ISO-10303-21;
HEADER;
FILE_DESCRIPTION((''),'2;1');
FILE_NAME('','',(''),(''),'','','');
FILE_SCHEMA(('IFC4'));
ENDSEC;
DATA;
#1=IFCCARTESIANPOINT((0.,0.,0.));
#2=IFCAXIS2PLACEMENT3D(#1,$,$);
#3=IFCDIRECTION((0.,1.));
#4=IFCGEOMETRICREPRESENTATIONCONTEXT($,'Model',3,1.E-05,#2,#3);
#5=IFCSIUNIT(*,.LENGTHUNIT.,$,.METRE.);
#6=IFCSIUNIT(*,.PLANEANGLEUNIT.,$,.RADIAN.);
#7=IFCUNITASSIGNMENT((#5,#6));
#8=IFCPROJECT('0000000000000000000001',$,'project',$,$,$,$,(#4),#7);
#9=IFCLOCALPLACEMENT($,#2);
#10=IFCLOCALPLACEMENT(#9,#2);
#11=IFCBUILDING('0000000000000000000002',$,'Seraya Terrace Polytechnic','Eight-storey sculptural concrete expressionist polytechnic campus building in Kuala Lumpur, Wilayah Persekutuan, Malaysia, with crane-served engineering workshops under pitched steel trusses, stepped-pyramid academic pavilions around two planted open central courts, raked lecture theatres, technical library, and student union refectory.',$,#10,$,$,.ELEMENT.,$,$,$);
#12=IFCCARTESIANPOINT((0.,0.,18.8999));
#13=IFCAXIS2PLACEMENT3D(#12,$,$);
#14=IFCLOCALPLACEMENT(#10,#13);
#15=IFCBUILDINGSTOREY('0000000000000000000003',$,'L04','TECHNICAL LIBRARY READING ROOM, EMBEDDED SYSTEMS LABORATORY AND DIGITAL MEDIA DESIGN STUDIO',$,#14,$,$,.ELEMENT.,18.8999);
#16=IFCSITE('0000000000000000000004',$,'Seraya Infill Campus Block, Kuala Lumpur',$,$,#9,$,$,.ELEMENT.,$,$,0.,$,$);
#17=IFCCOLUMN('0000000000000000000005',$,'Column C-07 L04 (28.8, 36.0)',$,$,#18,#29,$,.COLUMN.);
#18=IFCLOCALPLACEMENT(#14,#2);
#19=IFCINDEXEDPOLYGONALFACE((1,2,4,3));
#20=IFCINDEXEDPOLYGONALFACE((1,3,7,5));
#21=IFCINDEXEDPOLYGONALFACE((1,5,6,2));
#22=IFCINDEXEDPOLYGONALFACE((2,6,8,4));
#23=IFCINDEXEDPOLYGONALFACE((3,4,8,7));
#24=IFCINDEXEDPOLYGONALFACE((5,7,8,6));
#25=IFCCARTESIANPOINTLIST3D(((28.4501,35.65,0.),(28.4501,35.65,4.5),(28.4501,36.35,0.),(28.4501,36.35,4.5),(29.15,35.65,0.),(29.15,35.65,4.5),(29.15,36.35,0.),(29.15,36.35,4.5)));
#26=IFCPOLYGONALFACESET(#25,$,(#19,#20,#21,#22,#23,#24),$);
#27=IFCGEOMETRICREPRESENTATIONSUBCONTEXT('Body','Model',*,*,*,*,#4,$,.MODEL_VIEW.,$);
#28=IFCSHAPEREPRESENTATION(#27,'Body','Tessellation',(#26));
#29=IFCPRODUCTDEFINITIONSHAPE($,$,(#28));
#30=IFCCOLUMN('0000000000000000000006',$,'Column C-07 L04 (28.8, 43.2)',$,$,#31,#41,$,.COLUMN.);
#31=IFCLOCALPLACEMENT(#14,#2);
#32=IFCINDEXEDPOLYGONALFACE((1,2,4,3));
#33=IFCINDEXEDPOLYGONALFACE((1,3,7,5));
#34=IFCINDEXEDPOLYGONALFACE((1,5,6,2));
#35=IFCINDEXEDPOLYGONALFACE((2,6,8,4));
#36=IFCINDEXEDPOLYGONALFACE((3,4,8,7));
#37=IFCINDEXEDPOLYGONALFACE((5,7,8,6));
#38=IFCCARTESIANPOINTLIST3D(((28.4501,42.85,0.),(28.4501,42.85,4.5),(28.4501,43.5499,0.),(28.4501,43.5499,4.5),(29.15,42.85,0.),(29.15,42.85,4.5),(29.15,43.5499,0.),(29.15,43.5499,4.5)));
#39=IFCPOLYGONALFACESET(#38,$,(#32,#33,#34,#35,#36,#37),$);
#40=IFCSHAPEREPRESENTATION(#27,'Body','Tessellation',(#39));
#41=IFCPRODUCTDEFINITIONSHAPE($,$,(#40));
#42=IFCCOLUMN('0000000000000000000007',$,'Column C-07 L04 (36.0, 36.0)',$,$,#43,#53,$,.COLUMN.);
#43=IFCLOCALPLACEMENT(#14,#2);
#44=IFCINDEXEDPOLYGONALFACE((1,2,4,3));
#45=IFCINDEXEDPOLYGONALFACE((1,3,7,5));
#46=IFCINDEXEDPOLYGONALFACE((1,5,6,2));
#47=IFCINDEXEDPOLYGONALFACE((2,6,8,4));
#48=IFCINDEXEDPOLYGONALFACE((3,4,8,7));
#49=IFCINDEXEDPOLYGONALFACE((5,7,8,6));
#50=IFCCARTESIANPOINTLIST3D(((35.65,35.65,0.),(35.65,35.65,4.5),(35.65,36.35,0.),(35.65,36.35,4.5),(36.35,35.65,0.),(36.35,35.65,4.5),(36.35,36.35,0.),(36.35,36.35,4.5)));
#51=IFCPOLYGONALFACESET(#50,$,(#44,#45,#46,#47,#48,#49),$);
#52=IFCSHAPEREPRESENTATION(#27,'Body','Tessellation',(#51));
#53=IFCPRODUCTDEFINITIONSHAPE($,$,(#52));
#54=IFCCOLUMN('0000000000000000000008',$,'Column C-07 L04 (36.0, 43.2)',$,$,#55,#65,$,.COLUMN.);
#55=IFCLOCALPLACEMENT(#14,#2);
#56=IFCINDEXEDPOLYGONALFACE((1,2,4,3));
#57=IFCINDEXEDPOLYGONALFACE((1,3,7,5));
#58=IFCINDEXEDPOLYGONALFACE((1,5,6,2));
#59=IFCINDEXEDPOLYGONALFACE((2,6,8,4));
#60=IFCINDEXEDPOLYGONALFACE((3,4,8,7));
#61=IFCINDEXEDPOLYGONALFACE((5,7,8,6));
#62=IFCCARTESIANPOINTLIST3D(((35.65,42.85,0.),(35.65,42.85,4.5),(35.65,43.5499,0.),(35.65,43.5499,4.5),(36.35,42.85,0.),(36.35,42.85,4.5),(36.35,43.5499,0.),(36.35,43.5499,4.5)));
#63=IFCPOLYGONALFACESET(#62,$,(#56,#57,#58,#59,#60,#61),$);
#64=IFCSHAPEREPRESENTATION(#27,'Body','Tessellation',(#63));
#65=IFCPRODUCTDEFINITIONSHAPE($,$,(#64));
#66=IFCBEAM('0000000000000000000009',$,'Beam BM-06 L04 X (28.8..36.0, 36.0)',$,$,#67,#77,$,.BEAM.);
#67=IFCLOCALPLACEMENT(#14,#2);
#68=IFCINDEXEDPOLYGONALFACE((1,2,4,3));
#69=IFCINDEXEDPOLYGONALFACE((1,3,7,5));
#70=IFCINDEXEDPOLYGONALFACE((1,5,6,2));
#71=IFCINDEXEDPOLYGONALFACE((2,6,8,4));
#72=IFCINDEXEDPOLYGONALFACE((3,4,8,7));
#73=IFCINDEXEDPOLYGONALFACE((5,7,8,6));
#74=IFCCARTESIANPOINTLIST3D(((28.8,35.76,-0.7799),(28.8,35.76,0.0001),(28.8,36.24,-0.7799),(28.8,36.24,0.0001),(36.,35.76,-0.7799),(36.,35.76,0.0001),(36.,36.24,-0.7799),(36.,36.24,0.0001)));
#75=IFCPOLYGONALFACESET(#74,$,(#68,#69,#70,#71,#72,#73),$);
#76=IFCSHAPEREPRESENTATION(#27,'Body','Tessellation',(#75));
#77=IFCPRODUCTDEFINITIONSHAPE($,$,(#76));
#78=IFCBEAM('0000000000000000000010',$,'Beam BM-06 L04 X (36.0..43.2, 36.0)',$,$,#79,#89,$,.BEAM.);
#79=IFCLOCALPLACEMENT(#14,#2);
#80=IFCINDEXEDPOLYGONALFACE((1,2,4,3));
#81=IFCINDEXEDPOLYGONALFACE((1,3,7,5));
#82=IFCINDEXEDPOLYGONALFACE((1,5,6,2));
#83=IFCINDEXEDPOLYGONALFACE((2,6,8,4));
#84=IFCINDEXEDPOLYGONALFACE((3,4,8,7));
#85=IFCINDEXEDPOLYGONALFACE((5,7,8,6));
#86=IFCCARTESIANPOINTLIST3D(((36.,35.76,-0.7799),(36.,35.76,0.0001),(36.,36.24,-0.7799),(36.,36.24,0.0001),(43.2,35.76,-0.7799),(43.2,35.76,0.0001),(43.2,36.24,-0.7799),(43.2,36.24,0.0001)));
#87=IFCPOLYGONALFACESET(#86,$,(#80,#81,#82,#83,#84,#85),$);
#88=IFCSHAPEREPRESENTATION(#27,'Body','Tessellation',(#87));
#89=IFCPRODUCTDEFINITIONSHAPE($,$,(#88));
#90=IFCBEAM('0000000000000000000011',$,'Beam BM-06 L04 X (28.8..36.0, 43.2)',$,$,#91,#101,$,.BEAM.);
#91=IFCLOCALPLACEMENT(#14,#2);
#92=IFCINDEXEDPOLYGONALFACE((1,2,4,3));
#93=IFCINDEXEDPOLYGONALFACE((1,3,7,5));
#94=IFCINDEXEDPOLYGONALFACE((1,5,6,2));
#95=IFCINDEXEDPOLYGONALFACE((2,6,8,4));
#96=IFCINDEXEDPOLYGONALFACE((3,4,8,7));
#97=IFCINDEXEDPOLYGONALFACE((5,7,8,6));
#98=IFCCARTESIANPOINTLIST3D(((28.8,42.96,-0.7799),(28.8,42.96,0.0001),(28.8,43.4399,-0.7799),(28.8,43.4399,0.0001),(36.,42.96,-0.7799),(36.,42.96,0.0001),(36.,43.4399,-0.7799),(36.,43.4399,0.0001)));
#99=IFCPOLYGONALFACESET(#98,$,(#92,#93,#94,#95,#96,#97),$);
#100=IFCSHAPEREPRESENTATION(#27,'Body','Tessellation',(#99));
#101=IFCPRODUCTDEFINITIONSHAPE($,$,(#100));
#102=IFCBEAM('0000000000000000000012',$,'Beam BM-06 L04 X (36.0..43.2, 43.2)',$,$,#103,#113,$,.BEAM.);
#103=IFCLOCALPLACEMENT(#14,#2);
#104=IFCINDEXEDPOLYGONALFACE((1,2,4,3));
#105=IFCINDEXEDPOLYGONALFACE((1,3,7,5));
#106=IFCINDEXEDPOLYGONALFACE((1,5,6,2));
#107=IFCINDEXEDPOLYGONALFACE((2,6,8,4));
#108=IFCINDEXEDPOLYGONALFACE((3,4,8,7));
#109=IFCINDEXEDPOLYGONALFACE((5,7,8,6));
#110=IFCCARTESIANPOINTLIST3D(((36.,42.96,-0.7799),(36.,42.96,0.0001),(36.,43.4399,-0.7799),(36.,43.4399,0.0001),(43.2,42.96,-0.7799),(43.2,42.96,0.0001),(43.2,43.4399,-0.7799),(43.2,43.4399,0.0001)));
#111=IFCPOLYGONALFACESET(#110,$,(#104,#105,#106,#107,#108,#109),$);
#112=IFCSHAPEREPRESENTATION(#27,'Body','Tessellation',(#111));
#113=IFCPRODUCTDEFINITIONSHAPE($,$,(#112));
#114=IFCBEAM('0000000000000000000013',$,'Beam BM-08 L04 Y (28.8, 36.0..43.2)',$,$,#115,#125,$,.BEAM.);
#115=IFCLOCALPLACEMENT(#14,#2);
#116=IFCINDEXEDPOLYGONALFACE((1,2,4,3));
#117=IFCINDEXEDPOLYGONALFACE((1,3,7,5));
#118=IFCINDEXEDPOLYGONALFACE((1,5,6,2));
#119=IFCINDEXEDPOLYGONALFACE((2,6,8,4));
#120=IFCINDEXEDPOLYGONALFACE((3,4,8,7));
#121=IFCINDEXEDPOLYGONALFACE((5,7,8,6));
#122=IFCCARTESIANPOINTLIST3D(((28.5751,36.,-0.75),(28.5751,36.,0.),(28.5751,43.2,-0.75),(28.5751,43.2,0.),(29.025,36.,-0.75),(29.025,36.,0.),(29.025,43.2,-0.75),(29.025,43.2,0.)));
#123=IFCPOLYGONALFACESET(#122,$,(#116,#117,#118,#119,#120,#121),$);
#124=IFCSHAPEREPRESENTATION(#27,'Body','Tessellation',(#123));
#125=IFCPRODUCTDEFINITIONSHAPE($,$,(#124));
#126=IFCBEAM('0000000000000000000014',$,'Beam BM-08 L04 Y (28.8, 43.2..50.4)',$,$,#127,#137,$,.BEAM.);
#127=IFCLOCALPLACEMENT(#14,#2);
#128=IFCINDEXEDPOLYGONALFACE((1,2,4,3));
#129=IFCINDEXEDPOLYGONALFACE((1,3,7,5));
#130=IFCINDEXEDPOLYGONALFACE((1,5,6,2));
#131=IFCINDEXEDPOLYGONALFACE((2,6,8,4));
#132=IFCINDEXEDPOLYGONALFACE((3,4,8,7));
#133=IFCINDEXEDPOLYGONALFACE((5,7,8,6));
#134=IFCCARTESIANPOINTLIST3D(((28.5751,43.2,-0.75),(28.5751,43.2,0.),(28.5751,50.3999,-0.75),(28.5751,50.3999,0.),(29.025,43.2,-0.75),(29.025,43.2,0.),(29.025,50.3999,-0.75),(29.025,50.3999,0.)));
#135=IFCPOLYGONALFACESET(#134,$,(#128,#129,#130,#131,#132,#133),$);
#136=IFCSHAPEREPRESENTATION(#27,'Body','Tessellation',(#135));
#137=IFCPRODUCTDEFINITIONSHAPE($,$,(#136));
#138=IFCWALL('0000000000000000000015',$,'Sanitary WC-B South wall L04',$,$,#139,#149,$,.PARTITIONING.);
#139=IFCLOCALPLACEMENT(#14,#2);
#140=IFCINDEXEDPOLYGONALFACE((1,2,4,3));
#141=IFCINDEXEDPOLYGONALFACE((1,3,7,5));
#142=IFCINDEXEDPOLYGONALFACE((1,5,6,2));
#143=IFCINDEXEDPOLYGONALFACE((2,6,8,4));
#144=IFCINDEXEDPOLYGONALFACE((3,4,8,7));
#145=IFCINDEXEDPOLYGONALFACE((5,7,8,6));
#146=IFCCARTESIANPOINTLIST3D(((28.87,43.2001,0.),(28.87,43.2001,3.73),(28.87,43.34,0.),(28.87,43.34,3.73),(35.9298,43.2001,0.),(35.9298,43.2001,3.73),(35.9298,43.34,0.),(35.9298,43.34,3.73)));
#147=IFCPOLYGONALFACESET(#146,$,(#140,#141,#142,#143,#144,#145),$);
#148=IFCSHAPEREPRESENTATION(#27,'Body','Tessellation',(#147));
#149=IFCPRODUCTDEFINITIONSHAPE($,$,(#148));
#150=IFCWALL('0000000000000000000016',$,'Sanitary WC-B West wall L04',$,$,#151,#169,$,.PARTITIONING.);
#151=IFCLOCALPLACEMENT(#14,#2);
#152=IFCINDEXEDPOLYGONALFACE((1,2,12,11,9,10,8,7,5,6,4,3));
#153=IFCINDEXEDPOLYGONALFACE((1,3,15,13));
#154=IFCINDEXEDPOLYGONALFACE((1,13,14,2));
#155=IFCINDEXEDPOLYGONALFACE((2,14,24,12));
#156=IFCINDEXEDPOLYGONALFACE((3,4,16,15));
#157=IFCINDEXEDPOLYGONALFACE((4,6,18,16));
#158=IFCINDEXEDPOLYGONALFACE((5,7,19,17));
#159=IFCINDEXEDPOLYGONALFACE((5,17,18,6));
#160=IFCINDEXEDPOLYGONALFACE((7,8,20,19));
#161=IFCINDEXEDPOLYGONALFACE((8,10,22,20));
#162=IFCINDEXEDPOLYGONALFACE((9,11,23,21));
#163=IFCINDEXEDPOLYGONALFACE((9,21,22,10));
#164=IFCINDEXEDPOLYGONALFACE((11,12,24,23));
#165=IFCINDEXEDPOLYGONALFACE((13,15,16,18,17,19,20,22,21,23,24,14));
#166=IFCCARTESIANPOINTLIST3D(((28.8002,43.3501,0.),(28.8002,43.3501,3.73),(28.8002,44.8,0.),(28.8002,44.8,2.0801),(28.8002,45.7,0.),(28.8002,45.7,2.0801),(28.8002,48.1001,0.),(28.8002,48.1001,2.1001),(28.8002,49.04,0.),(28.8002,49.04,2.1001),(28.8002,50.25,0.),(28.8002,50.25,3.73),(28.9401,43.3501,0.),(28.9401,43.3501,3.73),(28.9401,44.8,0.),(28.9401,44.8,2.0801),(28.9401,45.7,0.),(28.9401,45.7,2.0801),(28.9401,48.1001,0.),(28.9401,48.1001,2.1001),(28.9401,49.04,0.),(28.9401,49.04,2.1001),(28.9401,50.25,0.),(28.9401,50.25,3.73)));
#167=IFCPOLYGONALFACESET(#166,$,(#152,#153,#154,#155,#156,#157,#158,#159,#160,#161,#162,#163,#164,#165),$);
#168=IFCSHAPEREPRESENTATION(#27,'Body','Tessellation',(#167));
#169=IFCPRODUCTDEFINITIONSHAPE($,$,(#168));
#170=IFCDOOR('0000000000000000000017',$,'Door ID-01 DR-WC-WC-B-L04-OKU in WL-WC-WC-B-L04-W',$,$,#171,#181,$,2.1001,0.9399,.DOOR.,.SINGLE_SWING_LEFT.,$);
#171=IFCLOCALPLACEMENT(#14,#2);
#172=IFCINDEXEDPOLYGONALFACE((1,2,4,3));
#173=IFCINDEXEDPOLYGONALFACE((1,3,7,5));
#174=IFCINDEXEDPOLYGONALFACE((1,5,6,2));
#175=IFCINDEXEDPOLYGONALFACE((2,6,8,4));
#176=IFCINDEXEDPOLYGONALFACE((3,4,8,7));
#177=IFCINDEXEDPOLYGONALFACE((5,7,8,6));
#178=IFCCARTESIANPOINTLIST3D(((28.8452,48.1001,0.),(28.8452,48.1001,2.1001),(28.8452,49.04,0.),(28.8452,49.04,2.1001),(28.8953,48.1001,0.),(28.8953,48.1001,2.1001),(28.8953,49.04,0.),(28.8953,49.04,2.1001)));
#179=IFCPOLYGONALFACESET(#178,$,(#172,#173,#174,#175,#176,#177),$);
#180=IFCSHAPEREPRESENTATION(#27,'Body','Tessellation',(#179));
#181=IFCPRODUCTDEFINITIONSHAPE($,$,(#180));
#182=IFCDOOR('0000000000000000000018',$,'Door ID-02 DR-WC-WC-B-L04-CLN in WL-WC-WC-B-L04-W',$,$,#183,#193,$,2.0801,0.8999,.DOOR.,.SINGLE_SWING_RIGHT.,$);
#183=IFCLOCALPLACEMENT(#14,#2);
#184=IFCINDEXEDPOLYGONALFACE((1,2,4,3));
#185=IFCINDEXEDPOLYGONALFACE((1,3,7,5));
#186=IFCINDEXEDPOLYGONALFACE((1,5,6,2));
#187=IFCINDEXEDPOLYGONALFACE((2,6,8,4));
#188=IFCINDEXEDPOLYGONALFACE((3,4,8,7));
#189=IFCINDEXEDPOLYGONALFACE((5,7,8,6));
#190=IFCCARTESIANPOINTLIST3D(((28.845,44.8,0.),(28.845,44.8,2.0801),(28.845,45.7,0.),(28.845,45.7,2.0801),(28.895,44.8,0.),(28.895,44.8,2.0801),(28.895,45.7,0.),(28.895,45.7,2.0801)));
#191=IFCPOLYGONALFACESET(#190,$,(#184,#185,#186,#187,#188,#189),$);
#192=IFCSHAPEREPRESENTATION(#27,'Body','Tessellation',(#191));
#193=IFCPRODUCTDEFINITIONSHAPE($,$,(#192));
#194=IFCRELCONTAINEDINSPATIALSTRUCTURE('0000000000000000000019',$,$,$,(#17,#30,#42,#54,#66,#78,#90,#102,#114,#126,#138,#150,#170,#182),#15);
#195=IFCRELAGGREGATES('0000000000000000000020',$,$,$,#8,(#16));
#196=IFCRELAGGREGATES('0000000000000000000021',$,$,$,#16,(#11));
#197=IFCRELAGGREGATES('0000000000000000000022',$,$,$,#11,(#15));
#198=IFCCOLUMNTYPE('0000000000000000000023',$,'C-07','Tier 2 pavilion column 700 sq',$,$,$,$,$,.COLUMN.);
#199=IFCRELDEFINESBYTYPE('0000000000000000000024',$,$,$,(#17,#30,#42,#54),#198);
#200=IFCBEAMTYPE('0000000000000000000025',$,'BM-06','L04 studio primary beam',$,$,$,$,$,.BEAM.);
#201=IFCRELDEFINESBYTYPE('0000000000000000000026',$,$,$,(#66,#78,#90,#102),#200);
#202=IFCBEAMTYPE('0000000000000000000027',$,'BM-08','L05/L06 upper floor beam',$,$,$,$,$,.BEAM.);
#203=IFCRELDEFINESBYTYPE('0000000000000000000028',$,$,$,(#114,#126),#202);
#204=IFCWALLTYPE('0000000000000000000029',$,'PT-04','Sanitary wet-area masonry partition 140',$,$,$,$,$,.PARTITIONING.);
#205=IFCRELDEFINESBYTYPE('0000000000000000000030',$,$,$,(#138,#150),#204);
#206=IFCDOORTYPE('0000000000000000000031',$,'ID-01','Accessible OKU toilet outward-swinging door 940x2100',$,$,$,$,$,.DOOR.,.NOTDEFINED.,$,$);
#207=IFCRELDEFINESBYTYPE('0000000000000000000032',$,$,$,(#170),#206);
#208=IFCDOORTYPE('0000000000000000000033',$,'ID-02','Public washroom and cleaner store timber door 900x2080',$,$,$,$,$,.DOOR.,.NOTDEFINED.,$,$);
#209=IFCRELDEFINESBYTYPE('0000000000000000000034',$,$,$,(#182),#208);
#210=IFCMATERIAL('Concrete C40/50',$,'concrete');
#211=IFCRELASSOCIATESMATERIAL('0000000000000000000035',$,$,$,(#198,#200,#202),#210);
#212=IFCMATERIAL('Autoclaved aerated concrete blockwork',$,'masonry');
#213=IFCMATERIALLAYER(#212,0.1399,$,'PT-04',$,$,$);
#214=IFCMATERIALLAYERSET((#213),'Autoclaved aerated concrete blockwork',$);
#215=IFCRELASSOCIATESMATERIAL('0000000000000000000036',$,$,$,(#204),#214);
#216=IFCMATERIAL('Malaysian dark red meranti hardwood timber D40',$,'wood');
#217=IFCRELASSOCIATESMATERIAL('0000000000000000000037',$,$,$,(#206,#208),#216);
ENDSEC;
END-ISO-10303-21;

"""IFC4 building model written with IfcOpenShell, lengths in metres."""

from ifc_helpers import new_model, si_unit, direction, frame, frame_2d, origin, origin_2d, place, context, subcontext, project, spatial, rectangle, extrude, material, layer, layer_set, material_profile, profile_set, type_object, element, fill, save


model = new_model("IFC4")

# Units and contexts
model_context = context("Model", 3, precision=1e-05, world=origin(), true_north=direction((0.0, 1.0)))
body_context = subcontext(model_context, "Body", "Model", "MODEL_VIEW")
ifc_project = project(units=[si_unit("LENGTHUNIT", "METRE"), si_unit("PLANEANGLEUNIT", "RADIAN")], contexts=[model_context])

# Site, building, storey
site_placement = place(None, origin())
site = spatial("IfcSite", under=ifc_project, at=site_placement, Name="Seraya Infill Campus Block, Kuala Lumpur", CompositionType="ELEMENT", RefElevation=0.0)
building_placement = place(site_placement, origin())
building = spatial("IfcBuilding", under=site, at=building_placement, Name="Seraya Terrace Polytechnic", Description="Eight-storey sculptural concrete expressionist polytechnic campus building in Kuala Lumpur, Wilayah Persekutuan, Malaysia, with crane-served engineering workshops under pitched steel trusses, stepped-pyramid academic pavilions around two planted open central courts, raked lecture theatres, technical library, and student union refectory.", CompositionType="ELEMENT")
storey_placement = place(building_placement, frame((0.0, 0.0, 18.8999)))
storey = spatial("IfcBuildingStorey", under=building, at=storey_placement, Name="L04", Description="TECHNICAL LIBRARY READING ROOM, EMBEDDED SYSTEMS LABORATORY AND DIGITAL MEDIA DESIGN STUDIO", CompositionType="ELEMENT", Elevation=18.8999)

# Columns
ifc_material_1 = material(Name="Concrete C40/50", Category="concrete")
ifc_material_profile_1 = material_profile(ifc_material_1, rectangle(XDim=0.7, YDim=0.7, at=origin_2d()), Name="RC 700x700")
ifc_profile_set_1 = profile_set([ifc_material_profile_1], Name="Concrete C40/50")
column_type = type_object("IfcColumnType", Name="C-07", Description="Tier 2 pavilion column 700 sq", PredefinedType="COLUMN", material=ifc_profile_set_1)
for number, where, z_axis, x_axis, name in (
    (1, (28.8, 36.0, 0.0), (0.0, 0.0, 1.0), (1.0, 0.0, 0.0), "Column C-07 L04 (28.8, 36.0)"),
    (2, (28.8, 43.2, 0.0), (0.0, 0.0, 1.0), (1.0, 0.0, 0.0), "Column C-07 L04 (28.8, 43.2)"),
    (3, (36.0, 36.0, 0.0), (0.0, 0.0, 1.0), (1.0, 0.0, 0.0), "Column C-07 L04 (36.0, 36.0)"),
    (4, (36.0, 43.2, 0.0), (0.0, 0.0, 1.0), (1.0, 0.0, 0.0), "Column C-07 L04 (36.0, 43.2)"),
):
    element("IfcColumn", number, at=place(storey_placement, frame(where, z_axis=z_axis, x_axis=x_axis)), inside=storey, type_object=column_type, Name=name, PredefinedType="COLUMN", context=body_context, shape_type="SweptSolid", body=[
        extrude(rectangle(XDim=0.7, YDim=0.7, at=origin_2d()), origin(), (0.0, 0.0, 1.0), 4.5),
    ])

# Beams
ifc_material_profile_2 = material_profile(ifc_material_1, rectangle(XDim=0.48, YDim=0.78, at=origin_2d()), Name="RC 480x780")
ifc_profile_set_2 = profile_set([ifc_material_profile_2], Name="Concrete C40/50")
beam_type_1 = type_object("IfcBeamType", Name="BM-06", Description="L04 studio primary beam", PredefinedType="BEAM", material=ifc_profile_set_2)
for number, where, z_axis, x_axis, name in (
    (5, (28.8, 36.0, -0.3899), (1.0, 0.0, 0.0), (0.0, 1.0, 0.0), "Beam BM-06 L04 X (28.8..36.0, 36.0)"),
    (6, (36.0, 36.0, -0.3899), (1.0, 0.0, 0.0), (0.0, 1.0, 0.0), "Beam BM-06 L04 X (36.0..43.2, 36.0)"),
    (7, (28.8, 43.2, -0.3899), (1.0, 0.0, 0.0), (0.0, 1.0, 0.0), "Beam BM-06 L04 X (28.8..36.0, 43.2)"),
    (8, (36.0, 43.2, -0.3899), (1.0, 0.0, 0.0), (0.0, 1.0, 0.0), "Beam BM-06 L04 X (36.0..43.2, 43.2)"),
):
    element("IfcBeam", number, at=place(storey_placement, frame(where, z_axis=z_axis, x_axis=x_axis)), inside=storey, type_object=beam_type_1, Name=name, PredefinedType="BEAM", context=body_context, shape_type="SweptSolid", body=[
        extrude(rectangle(XDim=0.48, YDim=0.78, at=origin_2d()), origin(), (0.0, 0.0, 1.0), 7.2),
    ])
ifc_material_profile_3 = material_profile(ifc_material_1, rectangle(XDim=0.45, YDim=0.75, at=origin_2d()), Name="RC 450x750")
ifc_profile_set_3 = profile_set([ifc_material_profile_3], Name="Concrete C40/50")
beam_type_2 = type_object("IfcBeamType", Name="BM-08", Description="L05/L06 upper floor beam", PredefinedType="BEAM", material=ifc_profile_set_3)
for number, where, z_axis, x_axis, name in (
    (9, (28.8, 36.0, -0.375), (0.0, 1.0, 0.0), (-1.0, 0.0, 0.0), "Beam BM-08 L04 Y (28.8, 36.0..43.2)"),
    (10, (28.8, 43.2, -0.375), (0.0, 1.0, 0.0), (-1.0, 0.0, 0.0), "Beam BM-08 L04 Y (28.8, 43.2..50.4)"),
):
    element("IfcBeam", number, at=place(storey_placement, frame(where, z_axis=z_axis, x_axis=x_axis)), inside=storey, type_object=beam_type_2, Name=name, PredefinedType="BEAM", context=body_context, shape_type="SweptSolid", body=[
        extrude(rectangle(XDim=0.45, YDim=0.75, at=origin_2d()), origin(), (0.0, 0.0, 1.0), 7.2),
    ])

# Wall
ifc_material_2 = material(Name="Autoclaved aerated concrete blockwork", Category="masonry")
ifc_layer_1 = layer(ifc_material_2, 0.1399, Name="PT-04")
ifc_layer_set_1 = layer_set([ifc_layer_1], Name="Autoclaved aerated concrete blockwork")
wall_type_1 = type_object("IfcWallType", Name="PT-04", Description="Sanitary wet-area masonry partition 140", PredefinedType="PARTITIONING", material=ifc_layer_set_1)
wall_1_placement = place(storey_placement, frame((28.8701, 43.27, 0.0), z_axis=(0.0, 0.0, 1.0), x_axis=(1.0, 0.0, 0.0)))
element("IfcWall", 11, at=wall_1_placement, inside=storey, type_object=wall_type_1, Name="Sanitary WC-B South wall L04", PredefinedType="PARTITIONING", context=body_context, shape_type="SweptSolid", body=[
    extrude(rectangle(XDim=7.0598, YDim=0.1399, at=frame_2d((3.5298, 0.0))), origin(), (0.0, 0.0, 1.0), 3.73),
])

# Wall, openings, doors
wall_2_placement = place(storey_placement, frame((28.8701, 43.3501, 0.0), z_axis=(0.0, 0.0, 1.0), x_axis=(0.0, 1.0, 0.0)))
wall_2 = element("IfcWall", 12, at=wall_2_placement, inside=storey, type_object=wall_type_1, Name="Sanitary WC-B West wall L04", PredefinedType="PARTITIONING", context=body_context, shape_type="SweptSolid", body=[
    extrude(rectangle(XDim=6.8999, YDim=0.1399, at=frame_2d((3.45, 0.0))), origin(), (0.0, 0.0, 1.0), 3.73),
])
opening_1_placement = place(wall_2_placement, frame((1.45, 0.0, 0.0)))
opening_1 = element("IfcOpeningElement", 13, at=opening_1_placement, cuts=wall_2, PredefinedType="OPENING", context=body_context, shape_type="SweptSolid", body=[
    extrude(rectangle(XDim=0.8999, YDim=2.0801, at=frame_2d((0.45, 1.04))), frame((0.0, 0.082, 0.0), z_axis=(0.0, -1.0, 0.0), x_axis=(1.0, 0.0, 0.0)), (0.0, 0.0, 1.0), 0.1638),
])
opening_2_placement = place(wall_2_placement, frame((4.75, 0.0, 0.0)))
opening_2 = element("IfcOpeningElement", 14, at=opening_2_placement, cuts=wall_2, PredefinedType="OPENING", context=body_context, shape_type="SweptSolid", body=[
    extrude(rectangle(XDim=0.9399, YDim=2.1001, at=frame_2d((0.47, 1.05))), frame((0.0, 0.082, 0.0), z_axis=(0.0, -1.0, 0.0), x_axis=(1.0, 0.0, 0.0)), (0.0, 0.0, 1.0), 0.1638),
])
ifc_material_3 = material(Name="Malaysian dark red meranti hardwood timber D40", Category="wood")
door_type_1 = type_object("IfcDoorType", Name="ID-01", Description="Accessible OKU toilet outward-swinging door 940x2100", OperationType="NOTDEFINED", PredefinedType="DOOR", material=ifc_material_3)
door_1_placement = place(opening_2_placement, origin())
door_1 = element("IfcDoor", 15, at=door_1_placement, inside=storey, type_object=door_type_1, Name="Door ID-01 DR-WC-WC-B-L04-OKU in WL-WC-WC-B-L04-W", OperationType="SINGLE_SWING_LEFT", OverallHeight=2.1001, OverallWidth=0.9399, PredefinedType="DOOR", context=body_context, shape_type="SweptSolid", body=[
    extrude(rectangle(XDim=0.9399, YDim=2.1001, at=frame_2d((0.47, 1.05))), frame((0.0, 0.0249, 0.0), z_axis=(0.0, -1.0, 0.0), x_axis=(1.0, 0.0, 0.0)), (0.0, 0.0, 1.0), 0.05),
])
fill(opening_2, door_1)
door_type_2 = type_object("IfcDoorType", Name="ID-02", Description="Public washroom and cleaner store timber door 900x2080", OperationType="NOTDEFINED", PredefinedType="DOOR", material=ifc_material_3)
door_2_placement = place(opening_1_placement, frame((0.8999, 0.0, 0.0), z_axis=(0.0, 0.0, 1.0), x_axis=(-1.0, 0.0, 0.0)))
door_2 = element("IfcDoor", 16, at=door_2_placement, inside=storey, type_object=door_type_2, Name="Door ID-02 DR-WC-WC-B-L04-CLN in WL-WC-WC-B-L04-W", OperationType="SINGLE_SWING_RIGHT", OverallHeight=2.0801, OverallWidth=0.8999, PredefinedType="DOOR", context=body_context, shape_type="SweptSolid", body=[
    extrude(rectangle(XDim=0.8999, YDim=2.0801, at=frame_2d((0.45, 1.04))), frame((0.0, 0.0249, 0.0), z_axis=(0.0, -1.0, 0.0), x_axis=(1.0, 0.0, 0.0)), (0.0, 0.0, 1.0), 0.05),
])
fill(opening_1, door_2)

save(model, "model.ifc")
